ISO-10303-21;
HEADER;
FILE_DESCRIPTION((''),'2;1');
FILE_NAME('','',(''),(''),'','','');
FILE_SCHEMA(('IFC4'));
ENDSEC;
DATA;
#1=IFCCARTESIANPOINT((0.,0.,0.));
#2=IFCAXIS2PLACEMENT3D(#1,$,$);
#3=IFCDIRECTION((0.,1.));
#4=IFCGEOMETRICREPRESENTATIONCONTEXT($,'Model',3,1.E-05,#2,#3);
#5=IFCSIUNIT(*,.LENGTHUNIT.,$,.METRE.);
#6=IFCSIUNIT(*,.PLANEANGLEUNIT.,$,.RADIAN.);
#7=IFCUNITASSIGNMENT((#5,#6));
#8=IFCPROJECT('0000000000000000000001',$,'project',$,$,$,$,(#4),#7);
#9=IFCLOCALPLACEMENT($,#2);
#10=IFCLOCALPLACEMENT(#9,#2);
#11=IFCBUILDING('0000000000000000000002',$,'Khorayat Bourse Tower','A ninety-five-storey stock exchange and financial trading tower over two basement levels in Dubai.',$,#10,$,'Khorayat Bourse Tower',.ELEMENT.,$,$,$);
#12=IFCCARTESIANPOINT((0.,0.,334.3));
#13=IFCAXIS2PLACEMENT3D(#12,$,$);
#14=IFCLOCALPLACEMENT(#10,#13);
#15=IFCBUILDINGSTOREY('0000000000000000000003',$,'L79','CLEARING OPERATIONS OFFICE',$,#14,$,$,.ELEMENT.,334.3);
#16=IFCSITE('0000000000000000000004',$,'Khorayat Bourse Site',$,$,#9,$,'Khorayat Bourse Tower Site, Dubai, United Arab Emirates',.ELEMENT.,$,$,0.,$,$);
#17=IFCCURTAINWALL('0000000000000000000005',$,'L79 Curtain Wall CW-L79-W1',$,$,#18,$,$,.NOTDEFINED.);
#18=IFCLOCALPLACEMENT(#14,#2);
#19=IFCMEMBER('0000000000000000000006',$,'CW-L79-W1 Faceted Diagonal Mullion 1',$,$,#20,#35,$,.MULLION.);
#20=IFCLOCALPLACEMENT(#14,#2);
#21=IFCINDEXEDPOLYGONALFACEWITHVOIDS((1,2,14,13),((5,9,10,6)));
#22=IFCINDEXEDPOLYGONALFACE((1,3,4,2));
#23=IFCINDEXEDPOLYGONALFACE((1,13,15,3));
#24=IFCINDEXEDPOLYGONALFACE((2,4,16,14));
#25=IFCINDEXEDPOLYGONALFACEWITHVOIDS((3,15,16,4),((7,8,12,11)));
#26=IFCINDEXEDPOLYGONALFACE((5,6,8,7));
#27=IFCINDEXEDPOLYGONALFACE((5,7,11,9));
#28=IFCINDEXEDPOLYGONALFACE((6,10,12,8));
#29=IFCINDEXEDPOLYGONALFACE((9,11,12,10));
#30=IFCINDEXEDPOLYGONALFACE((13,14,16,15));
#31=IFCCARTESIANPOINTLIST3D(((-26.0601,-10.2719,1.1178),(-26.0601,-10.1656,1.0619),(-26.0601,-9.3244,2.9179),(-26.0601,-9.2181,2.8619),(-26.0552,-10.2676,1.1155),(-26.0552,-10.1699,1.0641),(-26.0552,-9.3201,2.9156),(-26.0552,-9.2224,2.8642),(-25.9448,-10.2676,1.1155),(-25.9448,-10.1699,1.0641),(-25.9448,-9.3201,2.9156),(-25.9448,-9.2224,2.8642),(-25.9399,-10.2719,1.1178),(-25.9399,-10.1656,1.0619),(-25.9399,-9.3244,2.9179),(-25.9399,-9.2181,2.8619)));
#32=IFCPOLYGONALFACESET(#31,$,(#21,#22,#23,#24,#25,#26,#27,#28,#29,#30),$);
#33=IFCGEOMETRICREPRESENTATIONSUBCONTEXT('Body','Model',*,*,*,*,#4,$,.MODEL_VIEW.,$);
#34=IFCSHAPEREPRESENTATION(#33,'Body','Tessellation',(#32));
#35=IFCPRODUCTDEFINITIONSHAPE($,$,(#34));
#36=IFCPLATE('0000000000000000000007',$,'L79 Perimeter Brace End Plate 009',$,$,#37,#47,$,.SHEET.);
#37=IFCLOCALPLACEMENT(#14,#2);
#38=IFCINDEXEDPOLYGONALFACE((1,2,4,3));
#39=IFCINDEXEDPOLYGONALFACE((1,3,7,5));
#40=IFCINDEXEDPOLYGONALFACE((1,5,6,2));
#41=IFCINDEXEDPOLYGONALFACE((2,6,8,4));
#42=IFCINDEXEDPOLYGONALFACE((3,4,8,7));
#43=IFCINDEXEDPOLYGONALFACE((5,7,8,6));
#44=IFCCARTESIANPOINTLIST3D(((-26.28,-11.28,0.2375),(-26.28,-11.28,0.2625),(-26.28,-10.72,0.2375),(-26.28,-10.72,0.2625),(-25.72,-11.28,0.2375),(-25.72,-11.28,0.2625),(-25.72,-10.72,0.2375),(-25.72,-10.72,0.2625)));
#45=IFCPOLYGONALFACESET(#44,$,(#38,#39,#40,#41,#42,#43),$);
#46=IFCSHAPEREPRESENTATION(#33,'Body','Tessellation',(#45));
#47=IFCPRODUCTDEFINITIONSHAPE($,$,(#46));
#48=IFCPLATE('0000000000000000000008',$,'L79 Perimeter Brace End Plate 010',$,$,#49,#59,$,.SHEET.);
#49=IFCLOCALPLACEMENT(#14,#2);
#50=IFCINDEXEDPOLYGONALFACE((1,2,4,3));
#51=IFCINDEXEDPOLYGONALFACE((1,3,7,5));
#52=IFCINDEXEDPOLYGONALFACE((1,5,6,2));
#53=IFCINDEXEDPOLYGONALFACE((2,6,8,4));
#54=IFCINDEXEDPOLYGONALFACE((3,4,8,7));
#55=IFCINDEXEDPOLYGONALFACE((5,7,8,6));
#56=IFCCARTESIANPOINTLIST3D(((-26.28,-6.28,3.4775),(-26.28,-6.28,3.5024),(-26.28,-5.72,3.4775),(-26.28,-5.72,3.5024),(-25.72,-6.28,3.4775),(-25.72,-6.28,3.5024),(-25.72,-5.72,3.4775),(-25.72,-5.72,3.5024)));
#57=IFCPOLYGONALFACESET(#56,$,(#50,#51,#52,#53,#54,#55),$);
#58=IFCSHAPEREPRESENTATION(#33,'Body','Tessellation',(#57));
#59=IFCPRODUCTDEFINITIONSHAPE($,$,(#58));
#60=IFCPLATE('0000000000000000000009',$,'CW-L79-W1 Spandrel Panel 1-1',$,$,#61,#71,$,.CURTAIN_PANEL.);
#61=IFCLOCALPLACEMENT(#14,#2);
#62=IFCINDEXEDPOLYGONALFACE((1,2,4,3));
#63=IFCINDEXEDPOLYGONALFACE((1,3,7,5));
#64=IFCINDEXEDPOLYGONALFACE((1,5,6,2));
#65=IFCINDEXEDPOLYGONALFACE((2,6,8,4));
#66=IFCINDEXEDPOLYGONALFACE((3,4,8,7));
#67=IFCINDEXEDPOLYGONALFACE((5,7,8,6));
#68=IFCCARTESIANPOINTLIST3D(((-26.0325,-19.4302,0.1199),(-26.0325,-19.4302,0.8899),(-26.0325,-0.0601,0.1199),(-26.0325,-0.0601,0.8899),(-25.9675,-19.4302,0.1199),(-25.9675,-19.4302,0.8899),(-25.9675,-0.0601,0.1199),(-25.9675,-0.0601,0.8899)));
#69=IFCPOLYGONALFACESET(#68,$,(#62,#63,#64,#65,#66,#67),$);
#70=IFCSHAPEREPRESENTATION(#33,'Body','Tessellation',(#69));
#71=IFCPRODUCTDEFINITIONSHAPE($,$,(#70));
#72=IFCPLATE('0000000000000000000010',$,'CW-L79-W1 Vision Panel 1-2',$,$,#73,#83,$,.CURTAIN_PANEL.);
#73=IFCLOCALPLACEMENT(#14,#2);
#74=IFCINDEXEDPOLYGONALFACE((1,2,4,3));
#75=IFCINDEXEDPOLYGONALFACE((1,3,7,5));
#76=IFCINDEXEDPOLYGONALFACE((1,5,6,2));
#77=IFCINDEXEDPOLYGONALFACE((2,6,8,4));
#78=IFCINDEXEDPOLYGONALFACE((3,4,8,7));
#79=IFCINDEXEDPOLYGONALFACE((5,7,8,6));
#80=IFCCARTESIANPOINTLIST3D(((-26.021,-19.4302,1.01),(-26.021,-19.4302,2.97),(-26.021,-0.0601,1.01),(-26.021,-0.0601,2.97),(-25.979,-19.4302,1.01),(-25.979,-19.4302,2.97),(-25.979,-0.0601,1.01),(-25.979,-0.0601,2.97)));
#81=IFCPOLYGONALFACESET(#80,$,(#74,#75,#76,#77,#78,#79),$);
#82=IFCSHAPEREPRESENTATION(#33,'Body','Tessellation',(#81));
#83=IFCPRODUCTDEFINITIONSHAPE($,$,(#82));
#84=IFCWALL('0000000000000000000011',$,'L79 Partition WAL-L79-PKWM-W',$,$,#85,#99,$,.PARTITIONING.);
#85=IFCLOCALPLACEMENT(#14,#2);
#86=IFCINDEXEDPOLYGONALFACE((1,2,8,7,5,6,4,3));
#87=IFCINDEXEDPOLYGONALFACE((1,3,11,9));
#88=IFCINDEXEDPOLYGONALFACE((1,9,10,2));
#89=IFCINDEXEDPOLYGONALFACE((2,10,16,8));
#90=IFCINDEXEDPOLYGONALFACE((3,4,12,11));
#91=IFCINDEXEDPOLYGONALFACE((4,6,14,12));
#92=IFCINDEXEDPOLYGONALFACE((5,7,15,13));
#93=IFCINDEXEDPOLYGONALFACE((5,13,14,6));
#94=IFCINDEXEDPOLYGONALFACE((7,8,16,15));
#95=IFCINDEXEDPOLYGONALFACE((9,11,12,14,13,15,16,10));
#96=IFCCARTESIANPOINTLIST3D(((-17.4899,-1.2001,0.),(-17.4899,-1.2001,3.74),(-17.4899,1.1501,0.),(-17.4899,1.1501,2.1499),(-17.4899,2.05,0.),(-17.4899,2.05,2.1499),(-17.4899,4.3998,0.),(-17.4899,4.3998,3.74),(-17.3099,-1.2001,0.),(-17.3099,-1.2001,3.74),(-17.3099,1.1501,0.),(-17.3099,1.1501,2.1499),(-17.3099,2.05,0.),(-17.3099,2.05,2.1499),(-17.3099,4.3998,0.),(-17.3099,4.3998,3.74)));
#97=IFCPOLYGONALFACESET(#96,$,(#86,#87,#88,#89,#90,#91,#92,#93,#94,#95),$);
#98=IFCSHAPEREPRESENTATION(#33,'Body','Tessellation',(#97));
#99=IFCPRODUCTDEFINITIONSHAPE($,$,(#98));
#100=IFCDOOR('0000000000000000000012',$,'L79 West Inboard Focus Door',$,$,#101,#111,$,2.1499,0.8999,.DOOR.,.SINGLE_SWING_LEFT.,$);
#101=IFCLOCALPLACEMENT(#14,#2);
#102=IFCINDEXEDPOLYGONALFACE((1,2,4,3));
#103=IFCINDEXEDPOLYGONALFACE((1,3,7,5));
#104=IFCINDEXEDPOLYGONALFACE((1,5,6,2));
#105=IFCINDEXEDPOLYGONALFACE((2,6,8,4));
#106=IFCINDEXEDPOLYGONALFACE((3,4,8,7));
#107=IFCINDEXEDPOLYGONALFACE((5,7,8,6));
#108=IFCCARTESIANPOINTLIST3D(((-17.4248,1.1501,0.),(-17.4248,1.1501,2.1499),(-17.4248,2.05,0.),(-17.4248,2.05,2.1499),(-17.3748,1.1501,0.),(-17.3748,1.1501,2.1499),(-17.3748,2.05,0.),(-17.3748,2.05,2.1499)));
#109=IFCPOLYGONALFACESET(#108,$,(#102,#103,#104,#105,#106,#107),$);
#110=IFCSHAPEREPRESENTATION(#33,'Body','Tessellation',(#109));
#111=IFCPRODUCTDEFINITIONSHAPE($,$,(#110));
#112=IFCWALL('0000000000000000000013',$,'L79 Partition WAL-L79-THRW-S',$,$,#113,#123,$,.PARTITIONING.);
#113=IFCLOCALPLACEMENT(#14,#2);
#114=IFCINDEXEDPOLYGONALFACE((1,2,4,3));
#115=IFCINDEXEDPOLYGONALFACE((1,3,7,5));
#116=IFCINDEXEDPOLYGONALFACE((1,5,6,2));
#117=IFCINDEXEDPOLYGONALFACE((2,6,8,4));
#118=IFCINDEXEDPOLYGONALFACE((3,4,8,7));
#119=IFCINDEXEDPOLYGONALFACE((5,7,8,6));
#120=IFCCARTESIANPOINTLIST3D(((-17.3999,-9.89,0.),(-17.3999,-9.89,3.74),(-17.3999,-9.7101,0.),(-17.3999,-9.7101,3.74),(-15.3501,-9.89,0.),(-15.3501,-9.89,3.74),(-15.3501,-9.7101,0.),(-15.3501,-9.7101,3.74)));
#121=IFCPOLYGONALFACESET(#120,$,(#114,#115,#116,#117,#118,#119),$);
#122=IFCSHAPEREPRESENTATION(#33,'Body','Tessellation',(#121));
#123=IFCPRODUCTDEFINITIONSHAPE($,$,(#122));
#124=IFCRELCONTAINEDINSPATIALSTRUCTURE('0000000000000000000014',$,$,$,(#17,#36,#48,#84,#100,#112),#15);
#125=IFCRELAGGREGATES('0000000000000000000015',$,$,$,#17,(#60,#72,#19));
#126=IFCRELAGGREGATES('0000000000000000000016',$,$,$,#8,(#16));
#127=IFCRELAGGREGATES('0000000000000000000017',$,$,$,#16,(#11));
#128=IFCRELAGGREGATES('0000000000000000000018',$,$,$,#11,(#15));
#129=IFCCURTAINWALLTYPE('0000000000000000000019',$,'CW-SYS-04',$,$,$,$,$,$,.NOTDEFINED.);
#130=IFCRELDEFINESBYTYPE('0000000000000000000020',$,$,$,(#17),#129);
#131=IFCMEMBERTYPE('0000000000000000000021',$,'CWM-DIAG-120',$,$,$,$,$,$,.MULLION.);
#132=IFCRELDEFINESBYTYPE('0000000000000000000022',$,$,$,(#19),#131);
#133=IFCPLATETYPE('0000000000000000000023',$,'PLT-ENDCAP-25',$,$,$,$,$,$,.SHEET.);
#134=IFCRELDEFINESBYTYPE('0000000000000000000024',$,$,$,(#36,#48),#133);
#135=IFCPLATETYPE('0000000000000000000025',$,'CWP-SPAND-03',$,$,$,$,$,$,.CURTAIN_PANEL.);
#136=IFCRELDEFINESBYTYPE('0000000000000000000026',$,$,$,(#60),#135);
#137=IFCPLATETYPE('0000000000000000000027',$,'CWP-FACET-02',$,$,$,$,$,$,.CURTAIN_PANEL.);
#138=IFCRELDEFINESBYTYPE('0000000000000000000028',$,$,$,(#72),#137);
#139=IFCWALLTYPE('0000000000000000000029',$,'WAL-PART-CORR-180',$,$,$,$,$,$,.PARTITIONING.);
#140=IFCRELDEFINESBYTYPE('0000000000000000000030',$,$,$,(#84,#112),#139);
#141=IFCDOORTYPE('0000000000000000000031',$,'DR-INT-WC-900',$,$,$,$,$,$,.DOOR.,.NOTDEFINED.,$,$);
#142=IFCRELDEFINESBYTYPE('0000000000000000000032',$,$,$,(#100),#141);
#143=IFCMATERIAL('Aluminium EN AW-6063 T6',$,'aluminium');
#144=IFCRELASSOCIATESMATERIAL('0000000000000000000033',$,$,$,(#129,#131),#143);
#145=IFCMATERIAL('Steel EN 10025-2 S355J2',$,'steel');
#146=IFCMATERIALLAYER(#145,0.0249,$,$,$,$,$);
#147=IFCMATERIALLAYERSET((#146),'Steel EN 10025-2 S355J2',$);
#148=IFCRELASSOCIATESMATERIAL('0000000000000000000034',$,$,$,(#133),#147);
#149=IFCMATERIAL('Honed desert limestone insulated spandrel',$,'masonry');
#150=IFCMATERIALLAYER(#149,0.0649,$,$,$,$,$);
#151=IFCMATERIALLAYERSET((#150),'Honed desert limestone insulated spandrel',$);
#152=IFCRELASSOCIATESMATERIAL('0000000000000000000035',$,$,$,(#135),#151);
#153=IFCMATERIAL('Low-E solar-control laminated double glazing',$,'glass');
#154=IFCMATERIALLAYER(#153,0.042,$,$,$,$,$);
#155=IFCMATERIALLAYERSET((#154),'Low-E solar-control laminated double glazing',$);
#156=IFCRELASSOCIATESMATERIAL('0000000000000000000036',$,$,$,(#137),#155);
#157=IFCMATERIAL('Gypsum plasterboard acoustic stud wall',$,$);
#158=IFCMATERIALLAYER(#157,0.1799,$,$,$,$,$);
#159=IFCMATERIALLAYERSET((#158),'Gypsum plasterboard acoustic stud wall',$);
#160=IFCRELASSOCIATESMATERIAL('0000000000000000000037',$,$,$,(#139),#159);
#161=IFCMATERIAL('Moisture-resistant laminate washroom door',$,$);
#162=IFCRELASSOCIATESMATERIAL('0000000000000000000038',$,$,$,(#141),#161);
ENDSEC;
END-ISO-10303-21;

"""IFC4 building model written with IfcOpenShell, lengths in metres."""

from ifc_helpers import new_model, si_unit, direction, frame, frame_2d, origin, origin_2d, place, context, subcontext, project, spatial, rectangle, hollow_rectangle, extrude, source, transform, mapped, material, layer, layer_set, material_profile, profile_set, type_object, element, fill, aggregate, save


model = new_model("IFC4")

# Units and contexts
model_context = context("Model", 3, precision=1e-05, world=origin(), true_north=direction((0.0, 1.0)))
body_context = subcontext(model_context, "Body", "Model", "MODEL_VIEW")
ifc_project = project(units=[si_unit("LENGTHUNIT", "METRE"), si_unit("PLANEANGLEUNIT", "RADIAN")], contexts=[model_context])

# Site, building, storey
site_placement = place(None, origin())
site = spatial("IfcSite", under=ifc_project, at=site_placement, Name="Khorayat Bourse Site", LongName="Khorayat Bourse Tower Site, Dubai, United Arab Emirates", CompositionType="ELEMENT", RefElevation=0.0)
building_placement = place(site_placement, origin())
building = spatial("IfcBuilding", under=site, at=building_placement, Name="Khorayat Bourse Tower", Description="A ninety-five-storey stock exchange and financial trading tower over two basement levels in Dubai.", LongName="Khorayat Bourse Tower", CompositionType="ELEMENT")
storey_placement = place(building_placement, frame((0.0, 0.0, 334.3)))
storey = spatial("IfcBuildingStorey", under=building, at=storey_placement, Name="L79", Description="CLEARING OPERATIONS OFFICE", CompositionType="ELEMENT", Elevation=334.3)

# Shared definitions
ifc_material_1 = material(Name="Steel EN 10025-2 S355J2", Category="steel")

# Curtain wall, member
ifc_material_2 = material(Name="Aluminium EN AW-6063 T6", Category="aluminium")
curtain_wall_type = type_object("IfcCurtainWallType", Name="CW-SYS-04", PredefinedType="NOTDEFINED", material=ifc_material_2)
curtain_wall_placement = place(storey_placement, origin())
curtain_wall = element("IfcCurtainWall", 1, at=curtain_wall_placement, inside=storey, type_object=curtain_wall_type, Name="L79 Curtain Wall CW-L79-W1", PredefinedType="NOTDEFINED")
ifc_material_profile_1 = material_profile(ifc_material_2, hollow_rectangle(XDim=0.1201, YDim=0.1201, WallThickness=0.0049, at=origin_2d()), Name="ALU 120x120x5")
ifc_profile_set_1 = profile_set([ifc_material_profile_1], Name="Aluminium EN AW-6063 T6")
member_type = type_object("IfcMemberType", Name="CWM-DIAG-120", PredefinedType="MULLION", material=ifc_profile_set_1)
shared_shape_1 = source(origin(), body_context, "Body", "SweptSolid", [
    extrude(hollow_rectangle(XDim=0.1201, YDim=0.1201, WallThickness=0.0049, at=origin_2d()), origin(), (0.0, 0.0, 1.0), 2.0342),
])
member_placement = place(storey_placement, frame((-26.0, -10.2188, 1.0898), z_axis=(0.0, 0.465791, 0.884895), x_axis=(-1.0, 0.0, 0.0)))
member = element("IfcMember", 2, at=member_placement, type_object=member_type, Name="CW-L79-W1 Faceted Diagonal Mullion 1", PredefinedType="MULLION", context=body_context, shape_type="MappedRepresentation", body=[
    mapped(shared_shape_1, transform((0.0, 0.0, 0.0), scale=1.0)),
])

# Plates
ifc_layer_1 = layer(ifc_material_1, 0.0249)
ifc_layer_set_1 = layer_set([ifc_layer_1], Name="Steel EN 10025-2 S355J2")
plate_type_1 = type_object("IfcPlateType", Name="PLT-ENDCAP-25", PredefinedType="SHEET", material=ifc_layer_set_1)
shared_shape_2 = source(origin(), body_context, "Body", "SweptSolid", [
    extrude(rectangle(XDim=0.5601, YDim=0.5601, at=origin_2d()), origin(), (0.0, 0.0, 1.0), 0.0249),
])
for number, where, z_axis, x_axis, name in (
    (3, (-26.0, -11.0, 0.2375), (0.0, 0.0, 1.0), (1.0, 0.0, 0.0), "L79 Perimeter Brace End Plate 009"),
    (4, (-26.0, -6.0, 3.4775), (0.0, 0.0, 1.0), (1.0, 0.0, 0.0), "L79 Perimeter Brace End Plate 010"),
):
    element("IfcPlate", number, at=place(storey_placement, frame(where, z_axis=z_axis, x_axis=x_axis)), inside=storey, type_object=plate_type_1, Name=name, PredefinedType="SHEET", context=body_context, shape_type="MappedRepresentation", body=[
        mapped(shared_shape_2, transform((0.0, 0.0, 0.0), scale=1.0)),
    ])

# Plates
ifc_material_3 = material(Name="Honed desert limestone insulated spandrel", Category="masonry")
ifc_layer_2 = layer(ifc_material_3, 0.0649)
ifc_layer_set_2 = layer_set([ifc_layer_2], Name="Honed desert limestone insulated spandrel")
plate_type_2 = type_object("IfcPlateType", Name="CWP-SPAND-03", PredefinedType="CURTAIN_PANEL", material=ifc_layer_set_2)
shared_shape_3 = source(origin(), body_context, "Body", "SweptSolid", [
    extrude(rectangle(XDim=19.3701, YDim=0.0649, at=origin_2d()), origin(), (0.0, 0.0, 1.0), 0.77),
])
plate_1_placement = place(storey_placement, frame((-26.0, -9.7451, 0.1199), z_axis=(0.0, 0.0, 1.0), x_axis=(0.0, 1.0, 0.0)))
plate_1 = element("IfcPlate", 5, at=plate_1_placement, type_object=plate_type_2, Name="CW-L79-W1 Spandrel Panel 1-1", PredefinedType="CURTAIN_PANEL", context=body_context, shape_type="MappedRepresentation", body=[
    mapped(shared_shape_3, transform((0.0, 0.0, 0.0), scale=1.0)),
])
ifc_material_4 = material(Name="Low-E solar-control laminated double glazing", Category="glass")
ifc_layer_3 = layer(ifc_material_4, 0.042)
ifc_layer_set_3 = layer_set([ifc_layer_3], Name="Low-E solar-control laminated double glazing")
plate_type_3 = type_object("IfcPlateType", Name="CWP-FACET-02", PredefinedType="CURTAIN_PANEL", material=ifc_layer_set_3)
shared_shape_4 = source(origin(), body_context, "Body", "SweptSolid", [
    extrude(rectangle(XDim=19.3701, YDim=0.042, at=origin_2d()), origin(), (0.0, 0.0, 1.0), 1.96),
])
plate_2_placement = place(storey_placement, frame((-26.0, -9.7451, 1.01), z_axis=(0.0, 0.0, 1.0), x_axis=(0.0, 1.0, 0.0)))
plate_2 = element("IfcPlate", 6, at=plate_2_placement, type_object=plate_type_3, Name="CW-L79-W1 Vision Panel 1-2", PredefinedType="CURTAIN_PANEL", context=body_context, shape_type="MappedRepresentation", body=[
    mapped(shared_shape_4, transform((0.0, 0.0, 0.0), scale=1.0)),
])
aggregate(curtain_wall, [plate_1, plate_2, member])

# Wall, opening, door
ifc_material_5 = material(Name="Gypsum plasterboard acoustic stud wall")
ifc_layer_4 = layer(ifc_material_5, 0.1799)
ifc_layer_set_4 = layer_set([ifc_layer_4], Name="Gypsum plasterboard acoustic stud wall")
wall_type = type_object("IfcWallType", Name="WAL-PART-CORR-180", PredefinedType="PARTITIONING", material=ifc_layer_set_4)
shared_shape_5 = source(origin(), body_context, "Body", "SweptSolid", [
    extrude(rectangle(XDim=5.5999, YDim=0.1799, at=frame_2d((2.7998, 0.0))), origin(), (0.0, 0.0, 1.0), 3.74),
])
wall_1_placement = place(storey_placement, frame((-17.3999, -1.2, 0.0), z_axis=(0.0, 0.0, 1.0), x_axis=(0.0, 1.0, 0.0)))
wall_1 = element("IfcWall", 7, at=wall_1_placement, inside=storey, type_object=wall_type, Name="L79 Partition WAL-L79-PKWM-W", PredefinedType="PARTITIONING", context=body_context, shape_type="MappedRepresentation", body=[
    mapped(shared_shape_5, transform((0.0, 0.0, 0.0), scale=1.0)),
])
shared_shape_6 = source(origin(), body_context, "Body", "SweptSolid", [
    extrude(rectangle(XDim=0.8999, YDim=2.1499, at=frame_2d((0.45, 1.075))), frame((0.0, 0.0999, 0.0), z_axis=(0.0, -1.0, 0.0), x_axis=(1.0, 0.0, 0.0)), (0.0, 0.0, 1.0), 0.2),
])
opening_placement = place(wall_1_placement, frame((2.3501, 0.0, 0.0)))
opening = element("IfcOpeningElement", 8, at=opening_placement, cuts=wall_1, PredefinedType="OPENING", context=body_context, shape_type="MappedRepresentation", body=[
    mapped(shared_shape_6, transform((0.0, 0.0, 0.0), scale=1.0)),
])
ifc_material_6 = material(Name="Moisture-resistant laminate washroom door")
door_type = type_object("IfcDoorType", Name="DR-INT-WC-900", OperationType="NOTDEFINED", PredefinedType="DOOR", material=ifc_material_6)
shared_shape_7 = source(origin(), body_context, "Body", "SweptSolid", [
    extrude(rectangle(XDim=0.8999, YDim=2.1499, at=frame_2d((0.45, 1.075))), frame((0.0, 0.0249, 0.0), z_axis=(0.0, -1.0, 0.0), x_axis=(1.0, 0.0, 0.0)), (0.0, 0.0, 1.0), 0.05),
])
door_placement = place(opening_placement, origin())
door = element("IfcDoor", 9, at=door_placement, inside=storey, type_object=door_type, Name="L79 West Inboard Focus Door", OperationType="SINGLE_SWING_LEFT", OverallHeight=2.1499, OverallWidth=0.8999, PredefinedType="DOOR", context=body_context, shape_type="MappedRepresentation", body=[
    mapped(shared_shape_7, transform((0.0, 0.0, 0.0), scale=1.0)),
])
fill(opening, door)

# Wall
shared_shape_8 = source(origin(), body_context, "Body", "SweptSolid", [
    extrude(rectangle(XDim=2.0498, YDim=0.1799, at=frame_2d((1.0249, 0.0))), origin(), (0.0, 0.0, 1.0), 3.74),
])
wall_2_placement = place(storey_placement, frame((-17.3999, -9.8, 0.0), z_axis=(0.0, 0.0, 1.0), x_axis=(1.0, 0.0, 0.0)))
element("IfcWall", 10, at=wall_2_placement, inside=storey, type_object=wall_type, Name="L79 Partition WAL-L79-THRW-S", PredefinedType="PARTITIONING", context=body_context, shape_type="MappedRepresentation", body=[
    mapped(shared_shape_8, transform((0.0, 0.0, 0.0), scale=1.0)),
])

save(model, "model.ifc")
